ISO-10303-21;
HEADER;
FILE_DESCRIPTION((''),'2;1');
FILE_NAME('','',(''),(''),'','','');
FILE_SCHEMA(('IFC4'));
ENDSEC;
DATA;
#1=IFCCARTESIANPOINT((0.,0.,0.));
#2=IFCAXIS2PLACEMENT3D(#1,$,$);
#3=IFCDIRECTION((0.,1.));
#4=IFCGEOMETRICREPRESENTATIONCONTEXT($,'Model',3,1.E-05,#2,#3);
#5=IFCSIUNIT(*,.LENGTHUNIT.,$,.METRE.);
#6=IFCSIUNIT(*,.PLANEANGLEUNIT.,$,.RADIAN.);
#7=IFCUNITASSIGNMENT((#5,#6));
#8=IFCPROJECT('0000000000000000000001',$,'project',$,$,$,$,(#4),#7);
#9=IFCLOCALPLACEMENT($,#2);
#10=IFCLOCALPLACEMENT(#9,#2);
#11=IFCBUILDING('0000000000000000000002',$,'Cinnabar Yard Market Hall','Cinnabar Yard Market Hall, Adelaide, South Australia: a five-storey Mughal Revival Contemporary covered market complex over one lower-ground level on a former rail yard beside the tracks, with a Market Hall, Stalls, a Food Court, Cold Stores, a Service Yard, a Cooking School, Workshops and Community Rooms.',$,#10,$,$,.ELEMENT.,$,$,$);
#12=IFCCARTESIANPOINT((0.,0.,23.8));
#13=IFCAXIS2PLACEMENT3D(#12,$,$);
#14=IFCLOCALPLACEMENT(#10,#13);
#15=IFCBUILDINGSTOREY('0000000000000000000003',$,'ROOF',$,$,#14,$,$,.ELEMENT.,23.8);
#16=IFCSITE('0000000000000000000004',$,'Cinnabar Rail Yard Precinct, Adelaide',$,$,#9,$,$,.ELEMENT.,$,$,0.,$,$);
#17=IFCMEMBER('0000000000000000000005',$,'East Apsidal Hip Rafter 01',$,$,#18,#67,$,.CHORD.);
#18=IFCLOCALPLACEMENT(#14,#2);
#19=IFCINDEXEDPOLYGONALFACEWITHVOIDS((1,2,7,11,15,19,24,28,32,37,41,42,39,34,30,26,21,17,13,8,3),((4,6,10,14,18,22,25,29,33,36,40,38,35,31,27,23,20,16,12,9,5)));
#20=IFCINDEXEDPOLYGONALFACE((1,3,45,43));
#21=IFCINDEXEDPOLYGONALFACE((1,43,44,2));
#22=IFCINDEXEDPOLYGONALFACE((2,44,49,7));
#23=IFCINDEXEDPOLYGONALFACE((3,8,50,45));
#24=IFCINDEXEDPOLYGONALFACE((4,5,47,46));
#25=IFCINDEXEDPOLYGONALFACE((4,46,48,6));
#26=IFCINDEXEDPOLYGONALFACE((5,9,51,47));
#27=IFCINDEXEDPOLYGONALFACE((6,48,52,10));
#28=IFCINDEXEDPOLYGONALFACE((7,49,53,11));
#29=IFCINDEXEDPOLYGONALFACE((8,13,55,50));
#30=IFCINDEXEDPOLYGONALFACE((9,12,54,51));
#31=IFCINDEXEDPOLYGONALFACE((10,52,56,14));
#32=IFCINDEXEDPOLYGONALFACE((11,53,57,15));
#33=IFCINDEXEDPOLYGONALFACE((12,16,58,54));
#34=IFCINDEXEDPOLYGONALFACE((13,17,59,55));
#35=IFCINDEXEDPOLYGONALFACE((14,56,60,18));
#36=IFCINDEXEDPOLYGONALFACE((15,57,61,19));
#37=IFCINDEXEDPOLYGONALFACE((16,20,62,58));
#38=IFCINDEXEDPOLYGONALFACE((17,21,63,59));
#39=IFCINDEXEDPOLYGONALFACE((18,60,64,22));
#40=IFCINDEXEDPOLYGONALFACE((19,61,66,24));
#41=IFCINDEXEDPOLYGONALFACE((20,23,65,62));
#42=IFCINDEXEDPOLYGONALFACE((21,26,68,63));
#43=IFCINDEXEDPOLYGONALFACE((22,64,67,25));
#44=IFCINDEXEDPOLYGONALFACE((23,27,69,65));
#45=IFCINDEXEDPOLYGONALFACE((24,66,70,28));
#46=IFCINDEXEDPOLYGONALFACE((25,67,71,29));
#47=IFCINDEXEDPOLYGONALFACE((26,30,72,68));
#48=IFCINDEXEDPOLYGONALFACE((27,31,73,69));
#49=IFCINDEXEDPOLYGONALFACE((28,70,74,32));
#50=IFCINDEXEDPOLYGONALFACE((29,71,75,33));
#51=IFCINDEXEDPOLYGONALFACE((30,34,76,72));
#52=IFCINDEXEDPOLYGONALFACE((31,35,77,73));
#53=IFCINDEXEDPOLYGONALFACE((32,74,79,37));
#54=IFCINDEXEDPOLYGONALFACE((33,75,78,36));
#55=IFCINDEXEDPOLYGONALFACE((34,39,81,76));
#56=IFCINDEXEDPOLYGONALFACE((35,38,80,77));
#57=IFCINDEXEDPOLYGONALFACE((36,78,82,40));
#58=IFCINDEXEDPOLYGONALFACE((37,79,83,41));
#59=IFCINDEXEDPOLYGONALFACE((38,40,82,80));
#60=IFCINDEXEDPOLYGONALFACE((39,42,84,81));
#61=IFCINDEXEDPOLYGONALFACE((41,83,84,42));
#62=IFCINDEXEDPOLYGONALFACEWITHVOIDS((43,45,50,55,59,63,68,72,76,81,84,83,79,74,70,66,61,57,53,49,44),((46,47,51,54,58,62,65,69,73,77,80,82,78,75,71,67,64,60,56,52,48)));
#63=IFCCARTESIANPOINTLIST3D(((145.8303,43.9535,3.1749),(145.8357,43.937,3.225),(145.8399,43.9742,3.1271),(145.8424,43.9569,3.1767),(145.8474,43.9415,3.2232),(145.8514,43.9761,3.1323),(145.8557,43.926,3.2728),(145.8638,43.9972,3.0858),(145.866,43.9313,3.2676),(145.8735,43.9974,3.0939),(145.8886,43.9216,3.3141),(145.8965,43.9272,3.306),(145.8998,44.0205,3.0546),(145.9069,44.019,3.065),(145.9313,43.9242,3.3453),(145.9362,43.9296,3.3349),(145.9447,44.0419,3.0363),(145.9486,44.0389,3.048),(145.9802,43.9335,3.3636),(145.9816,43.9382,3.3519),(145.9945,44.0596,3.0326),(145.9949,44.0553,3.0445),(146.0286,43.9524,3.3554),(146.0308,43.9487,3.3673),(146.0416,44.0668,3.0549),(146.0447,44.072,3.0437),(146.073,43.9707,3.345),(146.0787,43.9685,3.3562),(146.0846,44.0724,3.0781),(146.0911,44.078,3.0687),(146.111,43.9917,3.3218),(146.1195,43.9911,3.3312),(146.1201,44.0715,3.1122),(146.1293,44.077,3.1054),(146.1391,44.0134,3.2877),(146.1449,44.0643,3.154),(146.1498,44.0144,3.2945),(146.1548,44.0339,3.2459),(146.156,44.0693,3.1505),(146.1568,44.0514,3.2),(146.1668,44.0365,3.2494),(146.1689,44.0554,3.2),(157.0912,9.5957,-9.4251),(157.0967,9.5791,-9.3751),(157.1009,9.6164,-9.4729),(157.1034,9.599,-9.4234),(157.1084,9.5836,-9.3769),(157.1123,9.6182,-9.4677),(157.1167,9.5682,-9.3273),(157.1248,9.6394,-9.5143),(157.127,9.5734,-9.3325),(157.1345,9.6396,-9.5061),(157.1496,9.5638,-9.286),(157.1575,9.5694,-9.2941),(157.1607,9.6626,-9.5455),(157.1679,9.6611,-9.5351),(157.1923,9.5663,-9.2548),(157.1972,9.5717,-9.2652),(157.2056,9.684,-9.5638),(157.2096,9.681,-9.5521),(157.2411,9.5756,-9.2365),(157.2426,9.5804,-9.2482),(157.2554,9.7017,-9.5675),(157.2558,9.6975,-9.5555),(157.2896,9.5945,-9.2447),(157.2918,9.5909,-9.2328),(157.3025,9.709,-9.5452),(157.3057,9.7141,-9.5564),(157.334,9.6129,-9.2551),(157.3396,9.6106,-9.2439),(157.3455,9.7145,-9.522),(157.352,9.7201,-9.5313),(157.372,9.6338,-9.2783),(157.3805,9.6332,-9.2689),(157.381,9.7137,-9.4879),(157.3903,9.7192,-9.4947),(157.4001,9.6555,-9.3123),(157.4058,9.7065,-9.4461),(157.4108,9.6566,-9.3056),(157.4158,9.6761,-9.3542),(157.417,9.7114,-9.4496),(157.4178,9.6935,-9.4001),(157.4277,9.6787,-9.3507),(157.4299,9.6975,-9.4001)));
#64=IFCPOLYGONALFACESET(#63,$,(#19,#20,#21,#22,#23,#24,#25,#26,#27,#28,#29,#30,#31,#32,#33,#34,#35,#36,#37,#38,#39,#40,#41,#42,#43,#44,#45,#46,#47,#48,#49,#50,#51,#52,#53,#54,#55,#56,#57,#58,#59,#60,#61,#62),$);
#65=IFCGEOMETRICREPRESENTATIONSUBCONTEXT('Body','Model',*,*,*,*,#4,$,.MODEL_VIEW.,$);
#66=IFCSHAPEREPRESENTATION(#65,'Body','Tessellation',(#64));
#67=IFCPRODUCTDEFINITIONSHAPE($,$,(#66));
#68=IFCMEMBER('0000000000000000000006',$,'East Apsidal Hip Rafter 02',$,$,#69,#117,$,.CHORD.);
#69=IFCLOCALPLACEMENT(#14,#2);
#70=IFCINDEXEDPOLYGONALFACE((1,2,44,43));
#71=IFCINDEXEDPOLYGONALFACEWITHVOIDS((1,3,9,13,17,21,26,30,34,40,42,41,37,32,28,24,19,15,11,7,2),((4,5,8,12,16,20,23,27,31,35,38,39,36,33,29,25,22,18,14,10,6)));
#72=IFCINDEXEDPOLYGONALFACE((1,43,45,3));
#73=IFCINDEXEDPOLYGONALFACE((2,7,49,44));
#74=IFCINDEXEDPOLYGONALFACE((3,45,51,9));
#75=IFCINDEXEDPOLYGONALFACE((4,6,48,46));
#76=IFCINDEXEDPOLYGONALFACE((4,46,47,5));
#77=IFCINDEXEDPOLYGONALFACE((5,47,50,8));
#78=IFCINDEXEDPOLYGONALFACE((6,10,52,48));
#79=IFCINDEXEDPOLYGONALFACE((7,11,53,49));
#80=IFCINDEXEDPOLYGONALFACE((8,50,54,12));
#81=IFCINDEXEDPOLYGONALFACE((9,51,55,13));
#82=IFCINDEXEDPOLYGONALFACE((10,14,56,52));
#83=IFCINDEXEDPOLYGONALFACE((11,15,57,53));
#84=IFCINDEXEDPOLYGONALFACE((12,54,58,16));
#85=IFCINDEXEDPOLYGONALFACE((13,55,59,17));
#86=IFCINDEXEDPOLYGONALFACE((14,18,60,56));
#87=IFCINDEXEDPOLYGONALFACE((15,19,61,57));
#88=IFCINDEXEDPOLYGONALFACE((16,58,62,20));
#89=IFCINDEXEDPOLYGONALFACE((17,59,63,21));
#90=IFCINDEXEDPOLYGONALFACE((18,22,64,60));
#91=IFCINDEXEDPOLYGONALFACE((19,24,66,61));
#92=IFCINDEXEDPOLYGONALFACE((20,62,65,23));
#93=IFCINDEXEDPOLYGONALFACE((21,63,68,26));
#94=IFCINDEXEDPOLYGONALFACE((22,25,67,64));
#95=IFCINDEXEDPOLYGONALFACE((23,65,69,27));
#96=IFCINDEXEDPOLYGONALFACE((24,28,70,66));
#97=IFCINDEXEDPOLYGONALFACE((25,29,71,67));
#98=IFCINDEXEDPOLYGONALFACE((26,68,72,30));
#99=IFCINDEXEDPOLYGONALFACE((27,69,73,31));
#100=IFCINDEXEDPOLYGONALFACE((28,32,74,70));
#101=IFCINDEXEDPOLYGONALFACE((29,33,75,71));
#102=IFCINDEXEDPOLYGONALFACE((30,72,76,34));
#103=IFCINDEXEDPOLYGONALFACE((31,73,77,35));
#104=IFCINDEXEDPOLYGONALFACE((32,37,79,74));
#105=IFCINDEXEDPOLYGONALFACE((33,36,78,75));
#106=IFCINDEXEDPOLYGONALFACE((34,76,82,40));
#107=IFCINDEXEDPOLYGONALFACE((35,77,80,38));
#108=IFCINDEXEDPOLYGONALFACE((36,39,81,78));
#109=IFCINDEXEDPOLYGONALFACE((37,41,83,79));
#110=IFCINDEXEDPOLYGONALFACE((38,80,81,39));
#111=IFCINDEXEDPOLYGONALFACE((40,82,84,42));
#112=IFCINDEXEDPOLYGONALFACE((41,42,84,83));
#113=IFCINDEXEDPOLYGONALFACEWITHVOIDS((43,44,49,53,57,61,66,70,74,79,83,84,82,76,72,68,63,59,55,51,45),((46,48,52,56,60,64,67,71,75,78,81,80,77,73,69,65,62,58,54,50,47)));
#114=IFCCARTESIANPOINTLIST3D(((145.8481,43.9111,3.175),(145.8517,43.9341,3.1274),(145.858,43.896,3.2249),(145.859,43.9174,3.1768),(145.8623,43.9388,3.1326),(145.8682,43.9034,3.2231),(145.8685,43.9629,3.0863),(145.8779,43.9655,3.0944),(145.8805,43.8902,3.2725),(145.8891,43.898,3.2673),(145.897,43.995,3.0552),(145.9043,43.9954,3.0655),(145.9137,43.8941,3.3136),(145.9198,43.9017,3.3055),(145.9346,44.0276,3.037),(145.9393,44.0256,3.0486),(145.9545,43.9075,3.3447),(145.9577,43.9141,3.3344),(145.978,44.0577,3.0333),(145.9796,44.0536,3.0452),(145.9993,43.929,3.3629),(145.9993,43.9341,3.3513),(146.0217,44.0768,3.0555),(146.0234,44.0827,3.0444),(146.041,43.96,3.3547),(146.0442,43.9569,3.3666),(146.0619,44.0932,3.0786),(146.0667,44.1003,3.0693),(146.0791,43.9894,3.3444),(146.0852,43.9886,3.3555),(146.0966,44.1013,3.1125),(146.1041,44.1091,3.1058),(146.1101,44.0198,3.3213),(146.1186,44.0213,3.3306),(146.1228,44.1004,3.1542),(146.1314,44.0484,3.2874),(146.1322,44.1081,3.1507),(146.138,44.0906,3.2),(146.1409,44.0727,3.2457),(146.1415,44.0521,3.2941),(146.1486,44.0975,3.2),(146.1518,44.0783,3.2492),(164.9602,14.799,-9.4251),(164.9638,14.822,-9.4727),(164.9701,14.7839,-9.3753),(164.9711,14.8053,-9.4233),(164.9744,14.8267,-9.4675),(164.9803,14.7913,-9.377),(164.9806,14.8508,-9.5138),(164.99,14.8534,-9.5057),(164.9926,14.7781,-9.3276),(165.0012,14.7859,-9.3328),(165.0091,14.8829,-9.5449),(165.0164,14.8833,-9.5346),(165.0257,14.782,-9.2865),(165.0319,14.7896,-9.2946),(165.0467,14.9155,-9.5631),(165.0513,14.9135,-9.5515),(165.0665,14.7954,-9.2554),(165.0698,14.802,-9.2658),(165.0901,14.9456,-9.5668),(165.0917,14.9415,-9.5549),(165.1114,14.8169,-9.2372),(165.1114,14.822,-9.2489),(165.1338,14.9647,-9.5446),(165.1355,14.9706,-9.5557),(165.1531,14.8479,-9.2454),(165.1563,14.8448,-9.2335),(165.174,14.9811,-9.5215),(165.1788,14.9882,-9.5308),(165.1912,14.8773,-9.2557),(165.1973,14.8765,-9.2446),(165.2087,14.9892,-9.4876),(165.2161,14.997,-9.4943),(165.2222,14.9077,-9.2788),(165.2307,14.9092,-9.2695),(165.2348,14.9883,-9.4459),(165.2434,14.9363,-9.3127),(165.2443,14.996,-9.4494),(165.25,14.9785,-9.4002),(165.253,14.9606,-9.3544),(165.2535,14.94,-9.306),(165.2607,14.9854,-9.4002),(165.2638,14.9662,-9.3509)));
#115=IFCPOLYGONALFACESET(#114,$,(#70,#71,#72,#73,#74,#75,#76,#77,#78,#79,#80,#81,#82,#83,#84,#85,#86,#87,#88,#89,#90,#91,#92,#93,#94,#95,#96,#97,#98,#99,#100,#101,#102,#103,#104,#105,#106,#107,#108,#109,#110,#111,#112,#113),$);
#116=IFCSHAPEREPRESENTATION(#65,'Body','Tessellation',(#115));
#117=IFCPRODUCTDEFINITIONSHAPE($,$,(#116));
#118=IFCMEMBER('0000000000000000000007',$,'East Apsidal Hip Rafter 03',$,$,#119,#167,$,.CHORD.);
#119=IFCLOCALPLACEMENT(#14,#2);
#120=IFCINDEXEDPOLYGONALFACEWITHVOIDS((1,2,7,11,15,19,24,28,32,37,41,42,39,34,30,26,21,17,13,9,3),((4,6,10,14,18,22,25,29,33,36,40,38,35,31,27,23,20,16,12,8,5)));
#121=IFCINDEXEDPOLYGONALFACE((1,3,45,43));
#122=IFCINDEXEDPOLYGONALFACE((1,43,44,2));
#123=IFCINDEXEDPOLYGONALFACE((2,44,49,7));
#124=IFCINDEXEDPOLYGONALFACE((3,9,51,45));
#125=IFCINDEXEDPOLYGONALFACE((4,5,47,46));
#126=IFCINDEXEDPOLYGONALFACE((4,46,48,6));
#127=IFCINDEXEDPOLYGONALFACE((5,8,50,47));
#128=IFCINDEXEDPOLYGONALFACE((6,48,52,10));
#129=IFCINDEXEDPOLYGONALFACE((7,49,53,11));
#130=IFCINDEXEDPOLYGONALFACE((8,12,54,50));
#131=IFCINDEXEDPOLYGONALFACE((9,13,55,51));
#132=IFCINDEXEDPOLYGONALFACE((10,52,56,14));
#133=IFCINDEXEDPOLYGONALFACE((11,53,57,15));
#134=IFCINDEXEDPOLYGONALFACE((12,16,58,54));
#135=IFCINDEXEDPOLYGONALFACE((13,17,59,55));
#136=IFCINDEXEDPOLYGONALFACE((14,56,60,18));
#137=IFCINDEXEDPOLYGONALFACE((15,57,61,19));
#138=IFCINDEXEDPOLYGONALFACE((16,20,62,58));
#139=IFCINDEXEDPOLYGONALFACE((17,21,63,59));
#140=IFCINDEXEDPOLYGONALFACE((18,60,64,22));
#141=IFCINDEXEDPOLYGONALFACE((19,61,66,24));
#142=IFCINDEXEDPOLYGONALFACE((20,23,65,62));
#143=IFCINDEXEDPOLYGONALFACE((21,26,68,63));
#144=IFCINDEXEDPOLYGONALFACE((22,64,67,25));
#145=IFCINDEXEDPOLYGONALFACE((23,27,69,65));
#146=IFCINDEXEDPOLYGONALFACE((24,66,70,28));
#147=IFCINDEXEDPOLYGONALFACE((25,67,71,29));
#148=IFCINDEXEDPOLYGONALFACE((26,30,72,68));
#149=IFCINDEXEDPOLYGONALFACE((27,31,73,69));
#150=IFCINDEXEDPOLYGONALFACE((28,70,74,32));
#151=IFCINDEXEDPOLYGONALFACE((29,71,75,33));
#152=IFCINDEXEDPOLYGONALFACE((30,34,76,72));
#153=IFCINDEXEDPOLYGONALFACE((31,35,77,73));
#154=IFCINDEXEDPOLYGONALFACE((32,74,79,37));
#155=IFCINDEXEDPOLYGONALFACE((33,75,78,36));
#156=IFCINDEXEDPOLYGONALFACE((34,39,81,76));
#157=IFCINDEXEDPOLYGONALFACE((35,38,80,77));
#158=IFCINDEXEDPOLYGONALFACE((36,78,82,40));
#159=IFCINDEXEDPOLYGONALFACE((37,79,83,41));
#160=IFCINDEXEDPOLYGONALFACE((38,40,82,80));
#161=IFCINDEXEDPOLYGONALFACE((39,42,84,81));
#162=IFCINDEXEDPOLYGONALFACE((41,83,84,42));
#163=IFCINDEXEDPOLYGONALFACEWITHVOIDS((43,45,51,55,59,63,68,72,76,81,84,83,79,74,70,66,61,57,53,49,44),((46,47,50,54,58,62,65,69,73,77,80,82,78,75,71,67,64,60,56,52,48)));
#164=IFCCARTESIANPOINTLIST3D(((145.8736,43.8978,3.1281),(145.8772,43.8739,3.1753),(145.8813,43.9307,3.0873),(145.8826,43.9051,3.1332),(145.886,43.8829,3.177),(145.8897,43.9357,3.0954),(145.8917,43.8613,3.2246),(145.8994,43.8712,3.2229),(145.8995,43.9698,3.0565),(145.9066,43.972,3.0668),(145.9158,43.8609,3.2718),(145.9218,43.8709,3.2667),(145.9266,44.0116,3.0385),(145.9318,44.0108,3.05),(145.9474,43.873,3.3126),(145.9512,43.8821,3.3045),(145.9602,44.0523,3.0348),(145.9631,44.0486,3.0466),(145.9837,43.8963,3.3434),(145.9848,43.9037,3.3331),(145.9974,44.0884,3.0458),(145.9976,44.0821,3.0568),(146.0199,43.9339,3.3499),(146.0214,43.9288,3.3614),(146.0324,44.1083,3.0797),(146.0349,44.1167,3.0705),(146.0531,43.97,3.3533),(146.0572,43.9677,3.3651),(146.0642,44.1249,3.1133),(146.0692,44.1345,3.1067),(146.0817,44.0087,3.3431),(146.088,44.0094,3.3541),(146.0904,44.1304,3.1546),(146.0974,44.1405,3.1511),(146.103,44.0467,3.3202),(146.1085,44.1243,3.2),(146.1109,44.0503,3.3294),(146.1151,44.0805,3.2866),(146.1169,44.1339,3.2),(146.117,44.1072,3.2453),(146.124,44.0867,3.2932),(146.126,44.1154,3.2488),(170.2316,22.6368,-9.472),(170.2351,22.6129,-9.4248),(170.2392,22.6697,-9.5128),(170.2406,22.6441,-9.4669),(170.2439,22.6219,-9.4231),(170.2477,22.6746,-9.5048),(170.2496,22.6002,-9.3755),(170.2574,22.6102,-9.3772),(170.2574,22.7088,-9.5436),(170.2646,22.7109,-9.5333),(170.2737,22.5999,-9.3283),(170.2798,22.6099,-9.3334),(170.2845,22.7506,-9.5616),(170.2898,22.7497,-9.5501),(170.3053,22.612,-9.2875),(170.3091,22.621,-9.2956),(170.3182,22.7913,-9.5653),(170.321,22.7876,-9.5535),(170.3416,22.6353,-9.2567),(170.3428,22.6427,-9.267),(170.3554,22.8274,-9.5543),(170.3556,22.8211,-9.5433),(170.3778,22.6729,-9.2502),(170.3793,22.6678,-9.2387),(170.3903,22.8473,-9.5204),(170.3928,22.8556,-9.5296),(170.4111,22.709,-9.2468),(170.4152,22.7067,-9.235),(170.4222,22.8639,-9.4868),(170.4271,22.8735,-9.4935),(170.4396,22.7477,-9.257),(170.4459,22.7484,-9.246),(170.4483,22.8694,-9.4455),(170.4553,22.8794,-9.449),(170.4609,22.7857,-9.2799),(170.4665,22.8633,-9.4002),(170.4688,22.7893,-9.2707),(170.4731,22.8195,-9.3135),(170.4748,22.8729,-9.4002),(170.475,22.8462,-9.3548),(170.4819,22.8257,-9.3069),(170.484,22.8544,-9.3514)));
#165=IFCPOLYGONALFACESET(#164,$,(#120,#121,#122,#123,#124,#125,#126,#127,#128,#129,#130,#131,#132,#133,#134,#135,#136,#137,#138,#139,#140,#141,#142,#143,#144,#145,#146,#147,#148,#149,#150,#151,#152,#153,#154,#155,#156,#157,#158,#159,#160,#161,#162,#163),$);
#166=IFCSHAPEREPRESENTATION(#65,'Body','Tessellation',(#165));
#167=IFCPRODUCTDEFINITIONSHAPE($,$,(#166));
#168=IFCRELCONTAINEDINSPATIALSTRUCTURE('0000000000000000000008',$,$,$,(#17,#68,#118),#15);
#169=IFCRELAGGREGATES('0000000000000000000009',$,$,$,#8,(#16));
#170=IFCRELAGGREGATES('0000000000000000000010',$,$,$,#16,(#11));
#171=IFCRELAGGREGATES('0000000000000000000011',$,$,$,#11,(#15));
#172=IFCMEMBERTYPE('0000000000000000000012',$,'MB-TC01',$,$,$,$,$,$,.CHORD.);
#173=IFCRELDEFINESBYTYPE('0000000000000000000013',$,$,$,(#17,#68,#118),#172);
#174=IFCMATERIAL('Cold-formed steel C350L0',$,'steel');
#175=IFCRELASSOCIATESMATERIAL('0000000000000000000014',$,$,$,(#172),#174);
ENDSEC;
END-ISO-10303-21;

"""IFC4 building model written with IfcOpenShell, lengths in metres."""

from ifc_helpers import new_model, si_unit, direction, frame, origin, origin_2d_with_axis, place, context, subcontext, project, spatial, hollow_circle, extrude, material, material_profile, profile_set, type_object, element, save


model = new_model("IFC4")

# Units and contexts
model_context = context("Model", 3, precision=1e-05, world=origin(), true_north=direction((0.0, 1.0)))
body_context = subcontext(model_context, "Body", "Model", "MODEL_VIEW")
ifc_project = project(units=[si_unit("LENGTHUNIT", "METRE"), si_unit("PLANEANGLEUNIT", "RADIAN")], contexts=[model_context])

# Site, building, storey
site_placement = place(None, origin())
site = spatial("IfcSite", under=ifc_project, at=site_placement, Name="Cinnabar Rail Yard Precinct, Adelaide", CompositionType="ELEMENT", RefElevation=0.0)
building_placement = place(site_placement, origin())
building = spatial("IfcBuilding", under=site, at=building_placement, Name="Cinnabar Yard Market Hall", Description="Cinnabar Yard Market Hall, Adelaide, South Australia: a five-storey Mughal Revival Contemporary covered market complex over one lower-ground level on a former rail yard beside the tracks, with a Market Hall, Stalls, a Food Court, Cold Stores, a Service Yard, a Cooking School, Workshops and Community Rooms.", CompositionType="ELEMENT")
storey_placement = place(building_placement, frame((0.0, 0.0, 23.8)))
storey = spatial("IfcBuildingStorey", under=building, at=storey_placement, Name="ROOF", CompositionType="ELEMENT", Elevation=23.8)

# Members
ifc_material_1 = material(Name="Cold-formed steel C350L0", Category="steel")
ifc_material_profile_1 = material_profile(ifc_material_1, hollow_circle(Radius=0.1777, WallThickness=0.0127, at=origin_2d_with_axis()), Name="355.6x12.7CHS")
ifc_profile_set_1 = profile_set([ifc_material_profile_1], Name="Cold-formed steel C350L0")
member_type_1 = type_object("IfcMemberType", Name="MB-TC01", PredefinedType="CHORD", material=ifc_profile_set_1)
member_1_placement = place(storey_placement, frame((146.0, 44.0, 3.2), z_axis=(0.294106, -0.897334, -0.32908), x_axis=(0.950261, 0.311453, 0.0)))
element("IfcMember", 1, at=member_1_placement, inside=storey, type_object=member_type_1, Name="East Apsidal Hip Rafter 01", PredefinedType="CHORD", context=body_context, shape_type="SweptSolid", body=[
    extrude(hollow_circle(Radius=0.1777, WallThickness=0.0127, at=origin_2d_with_axis()), origin(), (0.0, 0.0, 1.0), 38.2888),
])
member_2_placement = place(storey_placement, frame((146.0, 44.0, 3.2), z_axis=(0.516063, -0.786082, -0.340227), x_axis=(0.835952, 0.548802, 0.0)))
element("IfcMember", 2, at=member_2_placement, inside=storey, type_object=member_type_1, Name="East Apsidal Hip Rafter 02", PredefinedType="CHORD", context=body_context, shape_type="SweptSolid", body=[
    extrude(hollow_circle(Radius=0.1777, WallThickness=0.0127, at=origin_2d_with_axis()), origin(), (0.0, 0.0, 1.0), 37.0344),
])
member_3_placement = place(storey_placement, frame((146.0, 44.0, 3.2), z_axis=(0.701954, -0.612706, -0.363114), x_axis=(0.65759, 0.753376, 0.0)))
element("IfcMember", 3, at=member_3_placement, inside=storey, type_object=member_type_1, Name="East Apsidal Hip Rafter 03", PredefinedType="CHORD", context=body_context, shape_type="SweptSolid", body=[
    extrude(hollow_circle(Radius=0.1777, WallThickness=0.0127, at=origin_2d_with_axis()), origin(), (0.0, 0.0, 1.0), 34.7002),
])

save(model, "model.ifc")
